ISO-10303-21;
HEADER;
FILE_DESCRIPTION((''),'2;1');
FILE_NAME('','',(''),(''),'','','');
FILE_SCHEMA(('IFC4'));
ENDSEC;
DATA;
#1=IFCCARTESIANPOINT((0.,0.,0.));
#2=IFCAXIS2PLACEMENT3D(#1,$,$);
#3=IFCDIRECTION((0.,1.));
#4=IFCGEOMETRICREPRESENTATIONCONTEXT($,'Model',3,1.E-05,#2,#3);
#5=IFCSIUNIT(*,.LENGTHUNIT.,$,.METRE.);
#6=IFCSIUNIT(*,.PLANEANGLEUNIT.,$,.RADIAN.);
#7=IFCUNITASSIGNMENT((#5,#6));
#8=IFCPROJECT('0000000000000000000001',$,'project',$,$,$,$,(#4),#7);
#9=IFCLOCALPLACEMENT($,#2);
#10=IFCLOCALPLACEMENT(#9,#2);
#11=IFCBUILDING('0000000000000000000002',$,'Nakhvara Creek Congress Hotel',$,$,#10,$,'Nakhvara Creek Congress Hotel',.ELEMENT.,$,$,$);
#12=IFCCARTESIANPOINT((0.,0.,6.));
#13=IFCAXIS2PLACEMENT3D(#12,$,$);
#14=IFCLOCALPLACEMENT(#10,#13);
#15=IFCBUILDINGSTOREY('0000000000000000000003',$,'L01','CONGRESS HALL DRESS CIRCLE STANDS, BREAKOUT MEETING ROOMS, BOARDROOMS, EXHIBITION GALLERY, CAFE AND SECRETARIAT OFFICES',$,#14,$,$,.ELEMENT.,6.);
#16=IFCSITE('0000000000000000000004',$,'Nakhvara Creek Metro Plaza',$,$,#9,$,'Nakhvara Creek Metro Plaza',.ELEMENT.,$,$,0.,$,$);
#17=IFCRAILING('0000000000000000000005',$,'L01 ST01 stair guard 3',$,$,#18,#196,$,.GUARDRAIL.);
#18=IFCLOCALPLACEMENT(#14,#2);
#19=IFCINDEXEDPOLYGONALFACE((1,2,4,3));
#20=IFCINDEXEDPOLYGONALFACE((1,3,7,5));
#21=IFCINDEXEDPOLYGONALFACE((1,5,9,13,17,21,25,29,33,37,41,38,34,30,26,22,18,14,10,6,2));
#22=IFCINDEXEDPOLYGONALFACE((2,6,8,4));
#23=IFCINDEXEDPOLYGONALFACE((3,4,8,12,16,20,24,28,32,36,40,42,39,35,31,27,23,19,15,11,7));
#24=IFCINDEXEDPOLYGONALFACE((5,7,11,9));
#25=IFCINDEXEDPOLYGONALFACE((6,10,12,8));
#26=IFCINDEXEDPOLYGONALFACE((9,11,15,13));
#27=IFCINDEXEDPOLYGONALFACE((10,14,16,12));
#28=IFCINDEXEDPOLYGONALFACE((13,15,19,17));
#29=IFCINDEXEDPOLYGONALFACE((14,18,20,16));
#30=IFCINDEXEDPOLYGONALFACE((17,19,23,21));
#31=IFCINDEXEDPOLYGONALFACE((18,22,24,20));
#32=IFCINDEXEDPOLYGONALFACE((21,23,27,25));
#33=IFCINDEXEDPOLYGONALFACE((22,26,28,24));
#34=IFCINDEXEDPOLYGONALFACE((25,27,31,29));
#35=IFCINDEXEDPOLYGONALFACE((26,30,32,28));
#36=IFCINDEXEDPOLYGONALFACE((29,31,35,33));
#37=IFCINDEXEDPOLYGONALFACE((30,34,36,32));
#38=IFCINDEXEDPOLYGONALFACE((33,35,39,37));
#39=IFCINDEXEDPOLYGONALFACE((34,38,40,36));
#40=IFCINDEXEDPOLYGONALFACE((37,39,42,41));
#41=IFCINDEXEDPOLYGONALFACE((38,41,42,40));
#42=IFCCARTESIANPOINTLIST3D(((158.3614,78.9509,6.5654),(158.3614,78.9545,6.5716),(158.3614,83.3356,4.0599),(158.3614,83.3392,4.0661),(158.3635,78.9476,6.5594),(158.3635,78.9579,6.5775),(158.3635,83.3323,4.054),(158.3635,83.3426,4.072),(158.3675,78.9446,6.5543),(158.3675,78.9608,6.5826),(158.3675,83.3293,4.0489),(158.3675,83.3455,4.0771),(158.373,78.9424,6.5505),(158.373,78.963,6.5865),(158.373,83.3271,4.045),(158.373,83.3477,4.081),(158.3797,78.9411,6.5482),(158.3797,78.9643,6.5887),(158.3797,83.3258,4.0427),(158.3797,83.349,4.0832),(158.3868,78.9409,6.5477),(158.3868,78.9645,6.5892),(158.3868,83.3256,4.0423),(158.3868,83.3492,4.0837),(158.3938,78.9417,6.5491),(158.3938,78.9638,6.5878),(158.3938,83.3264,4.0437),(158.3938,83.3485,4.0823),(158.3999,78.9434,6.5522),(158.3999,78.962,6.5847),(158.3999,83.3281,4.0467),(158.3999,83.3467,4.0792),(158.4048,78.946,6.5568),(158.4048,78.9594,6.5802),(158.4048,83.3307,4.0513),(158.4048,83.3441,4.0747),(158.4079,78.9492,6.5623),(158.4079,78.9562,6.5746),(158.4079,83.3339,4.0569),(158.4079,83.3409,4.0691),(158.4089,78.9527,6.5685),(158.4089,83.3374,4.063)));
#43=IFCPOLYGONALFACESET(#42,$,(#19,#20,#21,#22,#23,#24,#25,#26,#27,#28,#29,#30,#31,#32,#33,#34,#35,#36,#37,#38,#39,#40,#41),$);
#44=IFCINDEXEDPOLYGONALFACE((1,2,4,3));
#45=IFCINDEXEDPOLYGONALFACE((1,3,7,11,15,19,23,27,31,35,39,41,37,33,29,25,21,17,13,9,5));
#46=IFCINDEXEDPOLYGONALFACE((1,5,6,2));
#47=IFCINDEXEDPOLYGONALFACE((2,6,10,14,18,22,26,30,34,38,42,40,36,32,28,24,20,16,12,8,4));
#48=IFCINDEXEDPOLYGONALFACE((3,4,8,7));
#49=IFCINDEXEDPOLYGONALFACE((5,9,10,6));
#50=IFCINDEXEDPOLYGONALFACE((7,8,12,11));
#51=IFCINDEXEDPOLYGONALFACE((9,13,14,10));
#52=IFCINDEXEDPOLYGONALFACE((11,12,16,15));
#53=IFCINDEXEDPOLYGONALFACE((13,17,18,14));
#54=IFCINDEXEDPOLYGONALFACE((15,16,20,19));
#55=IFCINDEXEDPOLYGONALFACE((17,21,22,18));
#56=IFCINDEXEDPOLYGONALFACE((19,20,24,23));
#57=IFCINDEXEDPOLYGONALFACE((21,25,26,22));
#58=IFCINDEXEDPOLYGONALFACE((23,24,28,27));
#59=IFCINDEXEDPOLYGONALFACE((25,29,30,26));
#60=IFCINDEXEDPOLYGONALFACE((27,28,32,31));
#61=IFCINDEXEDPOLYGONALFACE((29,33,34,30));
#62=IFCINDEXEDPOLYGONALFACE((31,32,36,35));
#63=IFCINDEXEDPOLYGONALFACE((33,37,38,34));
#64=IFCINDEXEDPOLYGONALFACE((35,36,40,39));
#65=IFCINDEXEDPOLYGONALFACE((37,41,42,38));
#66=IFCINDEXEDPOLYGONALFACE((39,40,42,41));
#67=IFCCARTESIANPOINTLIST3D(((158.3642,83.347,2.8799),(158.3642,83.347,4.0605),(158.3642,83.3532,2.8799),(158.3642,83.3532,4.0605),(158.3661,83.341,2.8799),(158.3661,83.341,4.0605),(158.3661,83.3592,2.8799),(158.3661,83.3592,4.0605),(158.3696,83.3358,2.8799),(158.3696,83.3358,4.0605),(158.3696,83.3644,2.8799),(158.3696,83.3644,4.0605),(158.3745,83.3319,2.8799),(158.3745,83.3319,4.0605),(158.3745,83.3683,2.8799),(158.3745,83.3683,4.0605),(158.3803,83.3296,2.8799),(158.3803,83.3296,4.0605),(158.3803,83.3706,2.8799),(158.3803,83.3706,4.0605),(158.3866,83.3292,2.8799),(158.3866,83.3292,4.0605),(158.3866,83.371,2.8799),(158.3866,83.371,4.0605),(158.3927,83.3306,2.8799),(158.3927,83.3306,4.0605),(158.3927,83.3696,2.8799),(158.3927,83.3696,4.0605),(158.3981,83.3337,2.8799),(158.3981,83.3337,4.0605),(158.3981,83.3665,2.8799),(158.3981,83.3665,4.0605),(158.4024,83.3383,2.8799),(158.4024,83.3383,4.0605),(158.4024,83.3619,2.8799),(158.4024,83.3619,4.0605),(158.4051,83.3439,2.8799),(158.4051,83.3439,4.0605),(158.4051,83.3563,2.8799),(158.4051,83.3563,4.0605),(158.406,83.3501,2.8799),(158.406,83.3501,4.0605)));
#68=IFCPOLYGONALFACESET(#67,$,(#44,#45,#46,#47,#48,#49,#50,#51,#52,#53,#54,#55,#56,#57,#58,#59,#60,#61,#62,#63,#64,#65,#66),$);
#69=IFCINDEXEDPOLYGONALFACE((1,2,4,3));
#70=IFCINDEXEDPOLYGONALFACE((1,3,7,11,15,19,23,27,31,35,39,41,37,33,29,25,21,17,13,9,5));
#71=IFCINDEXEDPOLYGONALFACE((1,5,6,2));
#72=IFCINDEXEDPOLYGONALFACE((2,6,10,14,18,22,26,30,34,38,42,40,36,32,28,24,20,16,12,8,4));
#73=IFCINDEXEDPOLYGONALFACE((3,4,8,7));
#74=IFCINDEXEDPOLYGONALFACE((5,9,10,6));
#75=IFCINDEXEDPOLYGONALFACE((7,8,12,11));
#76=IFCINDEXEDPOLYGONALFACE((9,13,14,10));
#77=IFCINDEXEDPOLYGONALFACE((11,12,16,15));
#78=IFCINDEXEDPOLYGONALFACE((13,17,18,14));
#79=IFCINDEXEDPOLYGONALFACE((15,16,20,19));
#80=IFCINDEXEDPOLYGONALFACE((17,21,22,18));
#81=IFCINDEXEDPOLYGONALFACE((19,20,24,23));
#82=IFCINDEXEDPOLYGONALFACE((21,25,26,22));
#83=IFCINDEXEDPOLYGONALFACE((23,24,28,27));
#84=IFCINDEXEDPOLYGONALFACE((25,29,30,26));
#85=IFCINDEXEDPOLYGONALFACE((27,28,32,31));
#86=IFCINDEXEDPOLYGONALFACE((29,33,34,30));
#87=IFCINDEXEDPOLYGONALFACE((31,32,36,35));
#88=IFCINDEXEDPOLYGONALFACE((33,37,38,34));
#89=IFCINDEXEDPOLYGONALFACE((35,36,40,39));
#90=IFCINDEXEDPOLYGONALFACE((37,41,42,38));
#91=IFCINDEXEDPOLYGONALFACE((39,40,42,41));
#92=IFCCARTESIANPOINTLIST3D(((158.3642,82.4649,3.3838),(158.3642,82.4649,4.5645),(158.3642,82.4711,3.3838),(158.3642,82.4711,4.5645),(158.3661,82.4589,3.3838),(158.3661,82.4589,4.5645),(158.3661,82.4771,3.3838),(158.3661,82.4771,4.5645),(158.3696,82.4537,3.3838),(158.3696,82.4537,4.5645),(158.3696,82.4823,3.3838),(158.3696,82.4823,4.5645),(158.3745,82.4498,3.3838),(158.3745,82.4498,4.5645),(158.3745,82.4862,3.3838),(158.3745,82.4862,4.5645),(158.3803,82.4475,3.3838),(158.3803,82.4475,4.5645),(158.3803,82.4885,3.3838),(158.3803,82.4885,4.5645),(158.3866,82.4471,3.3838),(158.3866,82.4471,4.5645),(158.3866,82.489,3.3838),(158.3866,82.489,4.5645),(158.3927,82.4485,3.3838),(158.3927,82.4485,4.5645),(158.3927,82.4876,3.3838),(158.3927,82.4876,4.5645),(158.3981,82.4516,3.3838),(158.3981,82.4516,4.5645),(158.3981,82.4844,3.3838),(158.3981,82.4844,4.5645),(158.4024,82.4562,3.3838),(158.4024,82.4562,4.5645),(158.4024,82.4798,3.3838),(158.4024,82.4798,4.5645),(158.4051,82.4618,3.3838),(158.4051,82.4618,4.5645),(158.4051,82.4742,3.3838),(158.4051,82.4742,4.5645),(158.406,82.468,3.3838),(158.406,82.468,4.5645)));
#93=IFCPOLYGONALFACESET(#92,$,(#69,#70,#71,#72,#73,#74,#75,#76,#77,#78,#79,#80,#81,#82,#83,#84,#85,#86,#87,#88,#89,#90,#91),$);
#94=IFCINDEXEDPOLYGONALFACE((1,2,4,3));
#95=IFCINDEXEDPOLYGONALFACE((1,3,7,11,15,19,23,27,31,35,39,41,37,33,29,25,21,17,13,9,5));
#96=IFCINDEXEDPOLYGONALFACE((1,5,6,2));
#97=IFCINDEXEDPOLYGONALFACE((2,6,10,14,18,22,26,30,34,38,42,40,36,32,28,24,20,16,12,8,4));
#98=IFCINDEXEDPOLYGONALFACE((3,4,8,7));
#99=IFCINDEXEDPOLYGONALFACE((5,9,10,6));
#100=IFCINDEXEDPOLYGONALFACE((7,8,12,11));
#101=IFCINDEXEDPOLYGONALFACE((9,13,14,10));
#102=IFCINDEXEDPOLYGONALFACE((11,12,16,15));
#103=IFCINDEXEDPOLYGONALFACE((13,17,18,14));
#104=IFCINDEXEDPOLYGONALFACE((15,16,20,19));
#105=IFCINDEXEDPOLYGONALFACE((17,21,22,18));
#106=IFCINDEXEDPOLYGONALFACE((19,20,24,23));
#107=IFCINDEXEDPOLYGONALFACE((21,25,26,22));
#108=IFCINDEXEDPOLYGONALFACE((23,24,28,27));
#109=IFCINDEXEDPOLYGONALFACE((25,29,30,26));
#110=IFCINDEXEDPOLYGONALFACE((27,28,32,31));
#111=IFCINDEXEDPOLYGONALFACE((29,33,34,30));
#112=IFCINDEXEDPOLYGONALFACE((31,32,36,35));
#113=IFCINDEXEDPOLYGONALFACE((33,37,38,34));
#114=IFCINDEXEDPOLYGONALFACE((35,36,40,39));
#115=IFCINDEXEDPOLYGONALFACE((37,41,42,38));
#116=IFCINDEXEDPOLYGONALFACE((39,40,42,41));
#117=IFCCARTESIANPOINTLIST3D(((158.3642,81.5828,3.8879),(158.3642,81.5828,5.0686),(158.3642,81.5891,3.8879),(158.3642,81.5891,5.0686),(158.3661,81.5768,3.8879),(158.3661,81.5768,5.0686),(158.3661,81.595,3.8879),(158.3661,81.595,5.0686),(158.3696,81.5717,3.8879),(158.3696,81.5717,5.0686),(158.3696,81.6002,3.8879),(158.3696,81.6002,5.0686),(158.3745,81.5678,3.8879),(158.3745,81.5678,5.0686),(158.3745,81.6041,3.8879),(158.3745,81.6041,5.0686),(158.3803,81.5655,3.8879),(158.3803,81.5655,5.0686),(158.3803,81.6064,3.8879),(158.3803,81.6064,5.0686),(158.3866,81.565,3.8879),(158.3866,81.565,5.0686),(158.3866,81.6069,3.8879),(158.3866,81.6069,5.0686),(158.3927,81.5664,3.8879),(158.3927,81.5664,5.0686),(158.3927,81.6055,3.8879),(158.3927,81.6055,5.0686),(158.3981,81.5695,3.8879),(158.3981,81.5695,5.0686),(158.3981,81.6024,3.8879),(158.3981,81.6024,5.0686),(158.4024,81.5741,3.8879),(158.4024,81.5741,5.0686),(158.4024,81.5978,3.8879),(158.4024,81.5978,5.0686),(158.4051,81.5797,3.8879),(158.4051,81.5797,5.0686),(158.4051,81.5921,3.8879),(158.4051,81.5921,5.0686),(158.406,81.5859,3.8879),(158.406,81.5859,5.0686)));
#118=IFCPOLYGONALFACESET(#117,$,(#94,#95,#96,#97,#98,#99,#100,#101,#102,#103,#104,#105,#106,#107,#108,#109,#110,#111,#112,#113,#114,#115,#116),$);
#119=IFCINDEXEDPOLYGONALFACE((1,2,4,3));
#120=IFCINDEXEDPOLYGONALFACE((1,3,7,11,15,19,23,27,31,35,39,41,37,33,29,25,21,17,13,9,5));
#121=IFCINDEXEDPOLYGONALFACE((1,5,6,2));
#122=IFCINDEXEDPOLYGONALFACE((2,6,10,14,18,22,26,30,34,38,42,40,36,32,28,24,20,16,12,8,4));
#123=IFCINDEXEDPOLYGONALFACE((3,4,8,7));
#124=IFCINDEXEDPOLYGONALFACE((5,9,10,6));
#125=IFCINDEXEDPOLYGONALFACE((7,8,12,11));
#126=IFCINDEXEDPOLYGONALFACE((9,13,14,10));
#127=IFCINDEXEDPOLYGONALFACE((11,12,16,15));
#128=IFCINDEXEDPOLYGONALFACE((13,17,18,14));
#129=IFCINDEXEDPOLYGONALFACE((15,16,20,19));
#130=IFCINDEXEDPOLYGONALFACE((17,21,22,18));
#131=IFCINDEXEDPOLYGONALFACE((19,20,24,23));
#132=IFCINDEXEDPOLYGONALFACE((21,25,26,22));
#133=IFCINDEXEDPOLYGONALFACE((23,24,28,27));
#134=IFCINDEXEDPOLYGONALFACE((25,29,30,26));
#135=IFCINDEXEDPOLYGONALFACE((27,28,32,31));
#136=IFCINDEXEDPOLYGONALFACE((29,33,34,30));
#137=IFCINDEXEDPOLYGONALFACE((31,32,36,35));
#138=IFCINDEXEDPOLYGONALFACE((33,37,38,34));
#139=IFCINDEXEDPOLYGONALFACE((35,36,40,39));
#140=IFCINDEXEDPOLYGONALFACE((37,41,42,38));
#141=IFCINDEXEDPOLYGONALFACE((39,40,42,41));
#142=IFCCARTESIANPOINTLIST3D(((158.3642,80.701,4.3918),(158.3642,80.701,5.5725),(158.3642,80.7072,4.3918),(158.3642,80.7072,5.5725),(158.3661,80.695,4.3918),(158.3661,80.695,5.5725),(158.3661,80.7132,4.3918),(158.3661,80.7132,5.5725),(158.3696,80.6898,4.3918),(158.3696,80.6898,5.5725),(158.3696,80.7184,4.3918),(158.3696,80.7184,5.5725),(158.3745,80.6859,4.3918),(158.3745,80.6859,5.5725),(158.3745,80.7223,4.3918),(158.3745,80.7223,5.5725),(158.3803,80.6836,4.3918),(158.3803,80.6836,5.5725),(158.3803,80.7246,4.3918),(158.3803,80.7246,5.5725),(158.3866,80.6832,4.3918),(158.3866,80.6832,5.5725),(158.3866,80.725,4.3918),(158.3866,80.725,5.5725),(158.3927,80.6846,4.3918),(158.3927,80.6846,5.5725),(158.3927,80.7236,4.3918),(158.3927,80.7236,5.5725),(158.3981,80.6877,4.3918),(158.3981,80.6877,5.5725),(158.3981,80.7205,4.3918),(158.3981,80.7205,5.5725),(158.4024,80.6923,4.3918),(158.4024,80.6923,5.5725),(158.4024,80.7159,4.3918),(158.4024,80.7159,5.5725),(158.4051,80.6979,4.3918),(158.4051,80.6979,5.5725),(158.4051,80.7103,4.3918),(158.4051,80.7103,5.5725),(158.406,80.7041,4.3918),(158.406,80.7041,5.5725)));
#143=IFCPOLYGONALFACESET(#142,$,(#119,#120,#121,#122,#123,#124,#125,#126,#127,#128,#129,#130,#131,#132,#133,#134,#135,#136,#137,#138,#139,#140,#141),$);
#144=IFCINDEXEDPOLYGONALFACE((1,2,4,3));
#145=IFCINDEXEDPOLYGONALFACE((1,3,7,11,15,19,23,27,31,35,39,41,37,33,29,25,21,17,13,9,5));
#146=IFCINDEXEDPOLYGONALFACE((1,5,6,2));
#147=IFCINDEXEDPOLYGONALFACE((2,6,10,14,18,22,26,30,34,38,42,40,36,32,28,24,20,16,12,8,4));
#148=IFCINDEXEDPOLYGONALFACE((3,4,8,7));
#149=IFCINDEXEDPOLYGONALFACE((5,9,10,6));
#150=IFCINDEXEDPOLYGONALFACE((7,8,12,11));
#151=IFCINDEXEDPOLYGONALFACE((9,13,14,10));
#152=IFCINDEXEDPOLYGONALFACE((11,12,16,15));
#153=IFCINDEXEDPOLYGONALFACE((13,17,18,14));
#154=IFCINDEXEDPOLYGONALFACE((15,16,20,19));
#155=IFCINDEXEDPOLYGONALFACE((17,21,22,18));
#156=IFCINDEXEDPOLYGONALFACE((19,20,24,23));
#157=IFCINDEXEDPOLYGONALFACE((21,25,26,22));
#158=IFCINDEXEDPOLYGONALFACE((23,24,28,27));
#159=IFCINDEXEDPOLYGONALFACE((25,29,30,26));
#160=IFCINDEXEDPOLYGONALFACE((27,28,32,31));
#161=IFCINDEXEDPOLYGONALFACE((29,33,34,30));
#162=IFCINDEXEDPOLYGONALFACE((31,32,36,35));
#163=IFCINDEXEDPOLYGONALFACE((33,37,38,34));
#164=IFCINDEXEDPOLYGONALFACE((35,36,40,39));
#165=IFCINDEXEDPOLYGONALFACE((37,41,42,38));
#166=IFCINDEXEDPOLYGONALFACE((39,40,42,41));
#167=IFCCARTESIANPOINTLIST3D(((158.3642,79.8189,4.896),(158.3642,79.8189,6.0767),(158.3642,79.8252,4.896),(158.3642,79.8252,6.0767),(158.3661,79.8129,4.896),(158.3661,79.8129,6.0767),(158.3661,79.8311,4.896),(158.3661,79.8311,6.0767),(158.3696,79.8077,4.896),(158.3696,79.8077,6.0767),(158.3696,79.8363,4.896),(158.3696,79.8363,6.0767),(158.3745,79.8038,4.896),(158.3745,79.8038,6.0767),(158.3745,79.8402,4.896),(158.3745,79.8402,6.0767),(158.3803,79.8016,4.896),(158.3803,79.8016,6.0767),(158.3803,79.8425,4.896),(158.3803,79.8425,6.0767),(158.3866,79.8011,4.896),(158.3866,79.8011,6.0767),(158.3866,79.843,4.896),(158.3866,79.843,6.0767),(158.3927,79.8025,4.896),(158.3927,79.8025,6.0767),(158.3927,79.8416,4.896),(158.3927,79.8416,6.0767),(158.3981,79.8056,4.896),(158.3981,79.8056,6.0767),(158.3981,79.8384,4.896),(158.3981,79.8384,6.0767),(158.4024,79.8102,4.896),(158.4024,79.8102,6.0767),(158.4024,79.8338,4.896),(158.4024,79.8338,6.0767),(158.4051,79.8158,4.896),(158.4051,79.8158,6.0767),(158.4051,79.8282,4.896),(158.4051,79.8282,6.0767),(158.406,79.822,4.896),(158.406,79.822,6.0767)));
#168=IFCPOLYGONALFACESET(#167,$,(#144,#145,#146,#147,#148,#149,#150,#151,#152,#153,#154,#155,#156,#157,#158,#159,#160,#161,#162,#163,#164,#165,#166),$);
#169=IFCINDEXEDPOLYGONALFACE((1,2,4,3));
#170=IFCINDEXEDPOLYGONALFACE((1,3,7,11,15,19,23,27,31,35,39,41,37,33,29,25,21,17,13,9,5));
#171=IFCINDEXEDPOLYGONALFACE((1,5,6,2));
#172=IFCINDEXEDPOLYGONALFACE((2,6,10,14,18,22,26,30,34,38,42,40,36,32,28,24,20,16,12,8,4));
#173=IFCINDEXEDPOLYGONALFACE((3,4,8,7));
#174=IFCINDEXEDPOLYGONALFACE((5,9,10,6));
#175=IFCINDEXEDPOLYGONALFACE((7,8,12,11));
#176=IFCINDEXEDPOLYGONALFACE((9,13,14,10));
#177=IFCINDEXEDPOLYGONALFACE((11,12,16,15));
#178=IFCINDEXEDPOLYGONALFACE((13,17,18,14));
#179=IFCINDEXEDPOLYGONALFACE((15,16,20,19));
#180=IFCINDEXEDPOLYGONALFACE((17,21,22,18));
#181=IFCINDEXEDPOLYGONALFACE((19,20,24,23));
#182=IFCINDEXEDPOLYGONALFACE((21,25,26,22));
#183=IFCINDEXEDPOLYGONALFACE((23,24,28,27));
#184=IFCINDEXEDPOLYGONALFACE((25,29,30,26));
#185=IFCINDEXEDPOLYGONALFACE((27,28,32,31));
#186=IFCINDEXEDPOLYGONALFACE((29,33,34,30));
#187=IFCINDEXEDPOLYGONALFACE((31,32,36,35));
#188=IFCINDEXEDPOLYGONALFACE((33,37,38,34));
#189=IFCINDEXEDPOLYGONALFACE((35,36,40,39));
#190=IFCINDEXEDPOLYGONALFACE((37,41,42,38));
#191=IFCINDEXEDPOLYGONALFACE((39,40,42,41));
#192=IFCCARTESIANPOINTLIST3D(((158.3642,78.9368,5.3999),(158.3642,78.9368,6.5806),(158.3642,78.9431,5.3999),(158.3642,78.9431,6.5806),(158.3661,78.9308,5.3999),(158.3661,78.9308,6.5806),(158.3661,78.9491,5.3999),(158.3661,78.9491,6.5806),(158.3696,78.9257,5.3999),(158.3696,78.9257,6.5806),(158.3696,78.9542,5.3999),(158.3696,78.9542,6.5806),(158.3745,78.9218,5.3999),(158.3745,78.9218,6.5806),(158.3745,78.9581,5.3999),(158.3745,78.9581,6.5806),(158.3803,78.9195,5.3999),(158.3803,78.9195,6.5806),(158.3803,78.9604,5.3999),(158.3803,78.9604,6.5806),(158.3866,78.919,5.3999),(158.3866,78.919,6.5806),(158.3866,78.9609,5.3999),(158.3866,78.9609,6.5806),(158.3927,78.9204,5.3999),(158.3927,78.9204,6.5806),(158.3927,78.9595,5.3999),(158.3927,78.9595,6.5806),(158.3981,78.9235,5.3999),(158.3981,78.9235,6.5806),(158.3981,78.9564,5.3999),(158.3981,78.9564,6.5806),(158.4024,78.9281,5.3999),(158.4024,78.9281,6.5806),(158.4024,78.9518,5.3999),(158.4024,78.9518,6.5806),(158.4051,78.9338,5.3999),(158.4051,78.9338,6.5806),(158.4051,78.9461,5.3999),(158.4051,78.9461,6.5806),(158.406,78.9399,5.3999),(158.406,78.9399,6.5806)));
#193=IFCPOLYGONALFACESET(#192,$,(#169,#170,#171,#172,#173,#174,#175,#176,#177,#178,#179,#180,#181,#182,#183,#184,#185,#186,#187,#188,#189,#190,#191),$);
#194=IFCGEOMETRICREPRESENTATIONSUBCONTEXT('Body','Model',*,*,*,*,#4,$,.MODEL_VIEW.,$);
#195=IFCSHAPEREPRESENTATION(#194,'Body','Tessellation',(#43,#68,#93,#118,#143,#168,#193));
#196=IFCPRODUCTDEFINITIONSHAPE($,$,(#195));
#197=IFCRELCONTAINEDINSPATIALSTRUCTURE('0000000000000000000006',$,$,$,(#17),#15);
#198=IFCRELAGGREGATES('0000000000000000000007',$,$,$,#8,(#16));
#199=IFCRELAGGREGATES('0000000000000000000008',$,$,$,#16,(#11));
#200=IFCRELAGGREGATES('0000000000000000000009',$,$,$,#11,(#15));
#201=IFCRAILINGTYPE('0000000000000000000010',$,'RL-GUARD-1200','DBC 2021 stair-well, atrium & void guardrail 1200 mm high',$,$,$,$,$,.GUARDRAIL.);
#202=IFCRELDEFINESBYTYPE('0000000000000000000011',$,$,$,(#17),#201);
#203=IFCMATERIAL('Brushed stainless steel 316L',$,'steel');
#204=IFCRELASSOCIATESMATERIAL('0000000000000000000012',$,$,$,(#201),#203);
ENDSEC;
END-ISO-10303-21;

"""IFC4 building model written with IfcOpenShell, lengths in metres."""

from ifc_helpers import new_model, si_unit, direction, frame, origin, origin_2d, place, context, subcontext, project, spatial, circle, extrude, material, type_object, element, save


model = new_model("IFC4")

# Units and contexts
model_context = context("Model", 3, precision=1e-05, world=origin(), true_north=direction((0.0, 1.0)))
body_context = subcontext(model_context, "Body", "Model", "MODEL_VIEW")
ifc_project = project(units=[si_unit("LENGTHUNIT", "METRE"), si_unit("PLANEANGLEUNIT", "RADIAN")], contexts=[model_context])

# Site, building, storey
site_placement = place(None, origin())
site = spatial("IfcSite", under=ifc_project, at=site_placement, Name="Nakhvara Creek Metro Plaza", LongName="Nakhvara Creek Metro Plaza", CompositionType="ELEMENT", RefElevation=0.0)
building_placement = place(site_placement, origin())
building = spatial("IfcBuilding", under=site, at=building_placement, Name="Nakhvara Creek Congress Hotel", LongName="Nakhvara Creek Congress Hotel", CompositionType="ELEMENT")
storey_placement = place(building_placement, frame((0.0, 0.0, 6.0)))
storey = spatial("IfcBuildingStorey", under=building, at=storey_placement, Name="L01", Description="CONGRESS HALL DRESS CIRCLE STANDS, BREAKOUT MEETING ROOMS, BOARDROOMS, EXHIBITION GALLERY, CAFE AND SECRETARIAT OFFICES", CompositionType="ELEMENT", Elevation=6.0)

# Railing
ifc_material_1 = material(Name="Brushed stainless steel 316L", Category="steel")
railing_type_1 = type_object("IfcRailingType", Name="RL-GUARD-1200", Description="DBC 2021 stair-well, atrium & void guardrail 1200 mm high", PredefinedType="GUARDRAIL", material=ifc_material_1)
railing_1_placement = place(storey_placement, frame((158.385, 83.3501, 2.8799)))
element("IfcRailing", 1, at=railing_1_placement, inside=storey, type_object=railing_type_1, Name="L01 ST01 stair guard 3", PredefinedType="GUARDRAIL", context=body_context, shape_type="SweptSolid", body=[
    extrude(circle(Radius=0.0239, at=origin_2d()), frame((0.0, -0.0127, 1.1831), z_axis=(0.0, -0.868249, 0.496129), x_axis=(1.0, 0.0, 0.0)), (0.0, 0.0, 1.0), 5.05),
    extrude(circle(Radius=0.021, at=origin_2d()), origin(), (0.0, 0.0, 1.0), 1.1807),
    extrude(circle(Radius=0.021, at=origin_2d()), frame((0.0, -0.8821, 0.5039)), (0.0, 0.0, 1.0), 1.1807),
    extrude(circle(Radius=0.021, at=origin_2d()), frame((0.0, -1.7642, 1.0081)), (0.0, 0.0, 1.0), 1.1807),
    extrude(circle(Radius=0.021, at=origin_2d()), frame((0.0, -2.646, 1.512)), (0.0, 0.0, 1.0), 1.1807),
    extrude(circle(Radius=0.021, at=origin_2d()), frame((0.0, -3.5281, 2.0161)), (0.0, 0.0, 1.0), 1.1807),
    extrude(circle(Radius=0.021, at=origin_2d()), frame((0.0, -4.4102, 2.52)), (0.0, 0.0, 1.0), 1.1807),
])

save(model, "model.ifc")
